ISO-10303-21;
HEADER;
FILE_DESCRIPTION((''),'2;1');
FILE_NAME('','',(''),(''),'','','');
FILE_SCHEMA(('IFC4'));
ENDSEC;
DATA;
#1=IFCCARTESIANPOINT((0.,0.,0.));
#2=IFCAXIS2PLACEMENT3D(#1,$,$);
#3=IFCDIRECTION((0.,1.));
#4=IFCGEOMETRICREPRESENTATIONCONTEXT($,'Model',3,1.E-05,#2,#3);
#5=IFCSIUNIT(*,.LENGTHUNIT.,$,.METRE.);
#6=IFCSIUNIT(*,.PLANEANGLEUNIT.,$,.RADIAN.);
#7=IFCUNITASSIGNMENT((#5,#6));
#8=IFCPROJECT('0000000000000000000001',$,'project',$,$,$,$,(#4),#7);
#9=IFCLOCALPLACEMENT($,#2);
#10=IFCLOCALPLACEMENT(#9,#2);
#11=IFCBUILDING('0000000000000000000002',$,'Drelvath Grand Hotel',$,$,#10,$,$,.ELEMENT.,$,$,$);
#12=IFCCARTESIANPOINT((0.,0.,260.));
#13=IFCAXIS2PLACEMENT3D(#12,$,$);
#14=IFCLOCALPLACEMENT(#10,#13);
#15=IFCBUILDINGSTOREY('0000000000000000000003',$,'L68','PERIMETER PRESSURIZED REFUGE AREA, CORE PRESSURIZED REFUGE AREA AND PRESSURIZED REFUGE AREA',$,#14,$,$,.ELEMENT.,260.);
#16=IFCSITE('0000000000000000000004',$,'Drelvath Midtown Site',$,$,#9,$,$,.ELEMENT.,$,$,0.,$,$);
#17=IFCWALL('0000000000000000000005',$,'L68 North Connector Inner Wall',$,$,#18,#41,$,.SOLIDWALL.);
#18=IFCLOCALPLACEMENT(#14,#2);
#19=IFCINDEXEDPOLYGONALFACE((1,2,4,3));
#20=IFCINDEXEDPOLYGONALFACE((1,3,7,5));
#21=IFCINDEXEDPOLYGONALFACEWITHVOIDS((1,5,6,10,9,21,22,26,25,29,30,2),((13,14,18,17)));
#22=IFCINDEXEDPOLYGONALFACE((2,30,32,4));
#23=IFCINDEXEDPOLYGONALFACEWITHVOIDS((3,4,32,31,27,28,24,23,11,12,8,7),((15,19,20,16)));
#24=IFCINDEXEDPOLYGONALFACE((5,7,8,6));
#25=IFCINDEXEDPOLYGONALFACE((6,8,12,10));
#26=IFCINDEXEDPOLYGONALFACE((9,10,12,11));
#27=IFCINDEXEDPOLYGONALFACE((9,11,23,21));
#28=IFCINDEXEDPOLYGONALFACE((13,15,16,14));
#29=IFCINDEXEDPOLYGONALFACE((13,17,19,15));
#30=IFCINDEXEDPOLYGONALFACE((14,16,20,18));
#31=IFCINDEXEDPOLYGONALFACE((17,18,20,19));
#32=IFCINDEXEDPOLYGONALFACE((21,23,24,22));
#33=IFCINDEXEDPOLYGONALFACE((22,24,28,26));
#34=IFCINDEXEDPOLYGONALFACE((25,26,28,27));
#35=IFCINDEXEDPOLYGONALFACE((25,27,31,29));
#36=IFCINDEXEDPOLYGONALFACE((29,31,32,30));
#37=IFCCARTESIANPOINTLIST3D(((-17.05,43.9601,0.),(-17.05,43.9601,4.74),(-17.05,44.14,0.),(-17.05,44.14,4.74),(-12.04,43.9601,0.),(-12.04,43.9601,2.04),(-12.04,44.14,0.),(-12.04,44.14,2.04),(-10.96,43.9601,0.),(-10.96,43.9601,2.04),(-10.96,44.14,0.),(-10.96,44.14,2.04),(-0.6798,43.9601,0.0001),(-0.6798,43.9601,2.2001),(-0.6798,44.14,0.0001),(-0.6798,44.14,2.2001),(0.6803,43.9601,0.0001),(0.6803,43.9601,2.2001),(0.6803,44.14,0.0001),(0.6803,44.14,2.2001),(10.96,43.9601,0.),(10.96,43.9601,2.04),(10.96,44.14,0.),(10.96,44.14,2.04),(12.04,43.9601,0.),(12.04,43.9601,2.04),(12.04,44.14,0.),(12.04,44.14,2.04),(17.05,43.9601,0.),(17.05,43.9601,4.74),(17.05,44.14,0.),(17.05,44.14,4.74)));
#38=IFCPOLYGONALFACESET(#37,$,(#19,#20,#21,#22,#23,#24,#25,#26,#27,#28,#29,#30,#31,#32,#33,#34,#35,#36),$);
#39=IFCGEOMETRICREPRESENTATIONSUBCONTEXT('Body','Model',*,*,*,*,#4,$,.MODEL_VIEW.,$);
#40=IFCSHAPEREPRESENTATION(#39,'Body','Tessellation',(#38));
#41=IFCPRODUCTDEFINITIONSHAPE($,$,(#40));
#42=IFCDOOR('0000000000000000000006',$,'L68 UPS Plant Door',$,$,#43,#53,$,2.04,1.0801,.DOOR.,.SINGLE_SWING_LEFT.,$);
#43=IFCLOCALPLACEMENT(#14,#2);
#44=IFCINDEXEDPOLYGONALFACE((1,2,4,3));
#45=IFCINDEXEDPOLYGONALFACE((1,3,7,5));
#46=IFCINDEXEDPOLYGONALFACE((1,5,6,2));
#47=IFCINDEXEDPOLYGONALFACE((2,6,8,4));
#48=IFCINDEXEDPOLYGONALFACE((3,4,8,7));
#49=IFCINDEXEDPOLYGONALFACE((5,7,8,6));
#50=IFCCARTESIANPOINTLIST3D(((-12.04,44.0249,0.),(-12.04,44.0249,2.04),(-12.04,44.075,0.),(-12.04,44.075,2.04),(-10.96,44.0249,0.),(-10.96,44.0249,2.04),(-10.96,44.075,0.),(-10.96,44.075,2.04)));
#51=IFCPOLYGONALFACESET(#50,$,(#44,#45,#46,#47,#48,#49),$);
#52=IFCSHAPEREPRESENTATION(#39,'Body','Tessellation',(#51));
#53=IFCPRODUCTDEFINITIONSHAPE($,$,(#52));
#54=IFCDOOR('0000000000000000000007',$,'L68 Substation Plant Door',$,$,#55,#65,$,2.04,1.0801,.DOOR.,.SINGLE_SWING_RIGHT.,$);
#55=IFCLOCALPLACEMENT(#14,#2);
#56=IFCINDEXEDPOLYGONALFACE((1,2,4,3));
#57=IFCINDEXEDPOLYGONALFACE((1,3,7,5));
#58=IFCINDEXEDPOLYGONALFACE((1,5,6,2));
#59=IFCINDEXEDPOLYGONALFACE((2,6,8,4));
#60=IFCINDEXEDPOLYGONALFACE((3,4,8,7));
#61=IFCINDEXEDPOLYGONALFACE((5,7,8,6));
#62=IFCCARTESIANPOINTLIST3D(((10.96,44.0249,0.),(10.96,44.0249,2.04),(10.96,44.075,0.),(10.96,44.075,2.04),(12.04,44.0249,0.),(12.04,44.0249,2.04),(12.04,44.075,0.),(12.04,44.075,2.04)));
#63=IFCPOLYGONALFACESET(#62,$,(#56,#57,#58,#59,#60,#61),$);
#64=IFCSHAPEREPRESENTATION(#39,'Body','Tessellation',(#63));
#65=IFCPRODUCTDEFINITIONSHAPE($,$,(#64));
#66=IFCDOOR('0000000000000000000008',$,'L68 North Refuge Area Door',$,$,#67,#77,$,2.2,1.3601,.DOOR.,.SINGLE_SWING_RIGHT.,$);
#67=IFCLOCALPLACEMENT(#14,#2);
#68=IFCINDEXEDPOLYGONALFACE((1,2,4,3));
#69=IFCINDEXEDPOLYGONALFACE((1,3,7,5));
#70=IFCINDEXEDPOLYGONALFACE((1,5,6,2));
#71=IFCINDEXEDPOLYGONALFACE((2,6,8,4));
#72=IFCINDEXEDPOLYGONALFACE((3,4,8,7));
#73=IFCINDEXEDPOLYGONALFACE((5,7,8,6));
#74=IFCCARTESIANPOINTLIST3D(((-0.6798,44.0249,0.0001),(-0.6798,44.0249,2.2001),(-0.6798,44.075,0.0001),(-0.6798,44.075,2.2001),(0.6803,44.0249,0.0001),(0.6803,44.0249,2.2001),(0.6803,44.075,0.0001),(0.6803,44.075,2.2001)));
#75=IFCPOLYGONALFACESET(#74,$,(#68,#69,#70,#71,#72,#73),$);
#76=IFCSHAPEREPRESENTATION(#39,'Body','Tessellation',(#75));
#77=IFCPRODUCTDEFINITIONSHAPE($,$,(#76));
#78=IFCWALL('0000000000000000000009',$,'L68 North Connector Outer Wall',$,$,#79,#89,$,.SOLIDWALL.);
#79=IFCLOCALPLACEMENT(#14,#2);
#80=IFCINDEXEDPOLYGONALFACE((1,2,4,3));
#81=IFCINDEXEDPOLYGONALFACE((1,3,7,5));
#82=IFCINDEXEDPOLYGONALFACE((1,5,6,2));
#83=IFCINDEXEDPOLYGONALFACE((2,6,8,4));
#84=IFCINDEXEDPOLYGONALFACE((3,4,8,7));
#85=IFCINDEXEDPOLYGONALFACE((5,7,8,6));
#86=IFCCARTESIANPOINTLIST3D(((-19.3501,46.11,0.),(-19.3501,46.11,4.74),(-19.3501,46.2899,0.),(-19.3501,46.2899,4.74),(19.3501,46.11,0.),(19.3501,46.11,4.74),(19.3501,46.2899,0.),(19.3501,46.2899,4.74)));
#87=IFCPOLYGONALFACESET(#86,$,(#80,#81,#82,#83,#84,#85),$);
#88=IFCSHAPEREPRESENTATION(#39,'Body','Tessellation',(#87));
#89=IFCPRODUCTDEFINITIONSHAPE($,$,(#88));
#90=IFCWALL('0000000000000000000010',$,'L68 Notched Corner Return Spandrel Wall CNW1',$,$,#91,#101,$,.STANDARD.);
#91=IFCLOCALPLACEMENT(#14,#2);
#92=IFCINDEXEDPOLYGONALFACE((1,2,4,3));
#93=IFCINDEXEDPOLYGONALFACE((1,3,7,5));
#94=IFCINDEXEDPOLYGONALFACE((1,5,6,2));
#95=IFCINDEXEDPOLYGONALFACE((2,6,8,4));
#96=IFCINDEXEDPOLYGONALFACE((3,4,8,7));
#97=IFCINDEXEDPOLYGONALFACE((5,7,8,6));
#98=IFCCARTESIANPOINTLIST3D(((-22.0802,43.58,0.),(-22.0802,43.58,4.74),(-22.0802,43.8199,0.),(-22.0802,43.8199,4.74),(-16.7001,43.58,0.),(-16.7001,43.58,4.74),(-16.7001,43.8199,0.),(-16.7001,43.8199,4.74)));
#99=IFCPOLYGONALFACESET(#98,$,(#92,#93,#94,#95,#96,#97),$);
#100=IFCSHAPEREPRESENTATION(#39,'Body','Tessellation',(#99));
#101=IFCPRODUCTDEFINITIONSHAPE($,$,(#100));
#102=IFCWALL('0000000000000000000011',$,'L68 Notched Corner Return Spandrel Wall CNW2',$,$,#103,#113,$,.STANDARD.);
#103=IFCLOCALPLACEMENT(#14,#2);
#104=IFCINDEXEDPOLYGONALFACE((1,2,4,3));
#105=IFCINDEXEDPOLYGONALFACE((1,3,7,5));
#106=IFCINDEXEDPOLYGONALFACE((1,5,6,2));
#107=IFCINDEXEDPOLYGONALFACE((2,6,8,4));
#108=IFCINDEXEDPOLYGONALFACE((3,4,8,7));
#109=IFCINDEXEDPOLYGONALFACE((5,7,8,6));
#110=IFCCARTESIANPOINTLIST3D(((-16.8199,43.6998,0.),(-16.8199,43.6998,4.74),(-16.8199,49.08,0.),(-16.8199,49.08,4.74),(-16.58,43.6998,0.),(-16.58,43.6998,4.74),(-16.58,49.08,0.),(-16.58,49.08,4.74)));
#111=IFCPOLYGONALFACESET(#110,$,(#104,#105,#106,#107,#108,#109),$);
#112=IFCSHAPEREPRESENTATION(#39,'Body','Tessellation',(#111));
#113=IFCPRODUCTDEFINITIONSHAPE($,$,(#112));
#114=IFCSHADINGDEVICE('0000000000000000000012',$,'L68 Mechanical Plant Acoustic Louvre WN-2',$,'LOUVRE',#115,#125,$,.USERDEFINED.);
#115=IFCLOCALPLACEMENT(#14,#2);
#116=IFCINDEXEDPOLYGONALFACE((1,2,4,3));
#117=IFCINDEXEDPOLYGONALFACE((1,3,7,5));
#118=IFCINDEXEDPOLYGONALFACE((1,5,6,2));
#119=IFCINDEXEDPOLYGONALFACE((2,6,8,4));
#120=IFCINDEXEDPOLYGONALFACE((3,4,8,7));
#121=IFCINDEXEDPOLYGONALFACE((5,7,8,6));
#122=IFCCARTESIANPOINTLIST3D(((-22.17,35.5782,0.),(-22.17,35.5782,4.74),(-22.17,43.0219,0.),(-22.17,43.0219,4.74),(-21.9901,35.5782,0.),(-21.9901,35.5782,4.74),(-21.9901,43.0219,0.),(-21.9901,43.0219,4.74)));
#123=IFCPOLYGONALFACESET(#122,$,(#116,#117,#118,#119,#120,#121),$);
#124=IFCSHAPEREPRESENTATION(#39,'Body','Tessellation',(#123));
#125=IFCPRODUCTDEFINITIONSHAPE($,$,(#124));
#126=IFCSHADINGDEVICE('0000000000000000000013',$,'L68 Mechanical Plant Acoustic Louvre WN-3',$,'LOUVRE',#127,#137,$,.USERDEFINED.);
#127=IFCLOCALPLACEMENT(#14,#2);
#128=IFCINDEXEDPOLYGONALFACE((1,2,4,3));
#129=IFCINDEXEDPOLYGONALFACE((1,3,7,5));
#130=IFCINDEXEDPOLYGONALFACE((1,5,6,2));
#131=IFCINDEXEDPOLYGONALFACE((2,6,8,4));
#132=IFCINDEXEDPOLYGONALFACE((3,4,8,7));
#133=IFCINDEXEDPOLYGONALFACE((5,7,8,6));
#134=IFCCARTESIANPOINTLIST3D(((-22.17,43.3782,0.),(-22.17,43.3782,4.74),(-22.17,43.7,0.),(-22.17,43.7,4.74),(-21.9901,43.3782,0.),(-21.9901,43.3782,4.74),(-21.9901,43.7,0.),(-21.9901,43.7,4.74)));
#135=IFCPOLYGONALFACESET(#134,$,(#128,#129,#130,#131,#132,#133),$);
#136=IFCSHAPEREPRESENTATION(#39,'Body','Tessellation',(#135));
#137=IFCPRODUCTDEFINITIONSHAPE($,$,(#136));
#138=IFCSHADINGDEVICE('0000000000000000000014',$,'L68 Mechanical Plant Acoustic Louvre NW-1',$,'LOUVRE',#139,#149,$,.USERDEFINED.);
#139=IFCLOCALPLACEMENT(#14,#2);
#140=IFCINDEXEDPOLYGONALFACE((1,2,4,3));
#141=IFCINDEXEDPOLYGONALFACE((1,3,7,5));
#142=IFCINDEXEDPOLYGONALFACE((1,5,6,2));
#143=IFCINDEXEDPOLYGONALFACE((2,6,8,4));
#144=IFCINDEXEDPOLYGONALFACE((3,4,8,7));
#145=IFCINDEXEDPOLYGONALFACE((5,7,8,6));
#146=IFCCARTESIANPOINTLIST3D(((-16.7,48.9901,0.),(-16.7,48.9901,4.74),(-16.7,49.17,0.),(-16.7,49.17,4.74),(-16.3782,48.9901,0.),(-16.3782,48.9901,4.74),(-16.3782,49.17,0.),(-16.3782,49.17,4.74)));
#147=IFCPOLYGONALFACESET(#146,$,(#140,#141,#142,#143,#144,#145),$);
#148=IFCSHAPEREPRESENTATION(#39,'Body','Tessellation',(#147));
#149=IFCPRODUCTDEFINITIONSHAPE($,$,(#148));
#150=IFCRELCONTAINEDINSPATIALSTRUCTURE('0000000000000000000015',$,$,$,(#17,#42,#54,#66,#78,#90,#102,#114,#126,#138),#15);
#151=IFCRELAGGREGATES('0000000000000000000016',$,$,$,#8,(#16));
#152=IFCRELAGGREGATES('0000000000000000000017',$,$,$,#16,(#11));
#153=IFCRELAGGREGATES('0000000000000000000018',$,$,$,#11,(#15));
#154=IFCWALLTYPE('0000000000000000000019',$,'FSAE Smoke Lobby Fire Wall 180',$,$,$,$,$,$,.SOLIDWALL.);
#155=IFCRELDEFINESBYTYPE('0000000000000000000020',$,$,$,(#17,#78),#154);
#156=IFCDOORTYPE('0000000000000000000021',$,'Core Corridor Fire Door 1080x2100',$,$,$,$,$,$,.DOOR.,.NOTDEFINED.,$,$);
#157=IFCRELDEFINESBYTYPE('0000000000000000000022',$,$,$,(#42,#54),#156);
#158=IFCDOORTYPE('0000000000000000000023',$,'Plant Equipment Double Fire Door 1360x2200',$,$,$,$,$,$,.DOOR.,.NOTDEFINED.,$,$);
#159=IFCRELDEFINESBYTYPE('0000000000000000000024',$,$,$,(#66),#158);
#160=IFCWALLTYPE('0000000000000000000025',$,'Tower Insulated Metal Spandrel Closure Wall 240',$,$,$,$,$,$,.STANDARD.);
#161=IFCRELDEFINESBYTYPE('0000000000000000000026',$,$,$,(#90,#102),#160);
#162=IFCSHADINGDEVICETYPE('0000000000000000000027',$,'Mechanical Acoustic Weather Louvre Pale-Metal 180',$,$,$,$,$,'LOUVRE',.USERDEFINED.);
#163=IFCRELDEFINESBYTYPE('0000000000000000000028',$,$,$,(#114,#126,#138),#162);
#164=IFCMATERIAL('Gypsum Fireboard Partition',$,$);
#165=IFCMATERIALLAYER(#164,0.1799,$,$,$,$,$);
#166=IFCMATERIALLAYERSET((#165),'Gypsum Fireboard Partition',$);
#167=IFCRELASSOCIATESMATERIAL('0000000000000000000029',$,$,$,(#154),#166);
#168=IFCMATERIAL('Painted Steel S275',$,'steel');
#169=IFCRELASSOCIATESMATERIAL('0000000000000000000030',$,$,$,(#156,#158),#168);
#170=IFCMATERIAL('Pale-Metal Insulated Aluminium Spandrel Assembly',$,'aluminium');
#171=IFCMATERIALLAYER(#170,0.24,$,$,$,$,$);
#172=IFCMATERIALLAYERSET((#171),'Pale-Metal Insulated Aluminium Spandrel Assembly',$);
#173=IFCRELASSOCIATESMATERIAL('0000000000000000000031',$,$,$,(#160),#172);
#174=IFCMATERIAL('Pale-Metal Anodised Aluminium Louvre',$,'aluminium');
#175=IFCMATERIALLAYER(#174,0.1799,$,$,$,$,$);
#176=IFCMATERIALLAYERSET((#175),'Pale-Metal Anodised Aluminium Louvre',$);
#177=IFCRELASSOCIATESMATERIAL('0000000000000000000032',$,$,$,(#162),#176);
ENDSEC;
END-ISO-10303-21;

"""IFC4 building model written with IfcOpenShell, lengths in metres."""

from ifc_helpers import new_model, si_unit, direction, frame, frame_2d, origin, origin_2d, place, context, subcontext, project, spatial, rectangle, extrude, material, layer, layer_set, type_object, element, fill, save


model = new_model("IFC4")

# Units and contexts
model_context = context("Model", 3, precision=1e-05, world=origin(), true_north=direction((0.0, 1.0)))
body_context = subcontext(model_context, "Body", "Model", "MODEL_VIEW")
ifc_project = project(units=[si_unit("LENGTHUNIT", "METRE"), si_unit("PLANEANGLEUNIT", "RADIAN")], contexts=[model_context])

# Site, building, storey
site_placement = place(None, origin())
site = spatial("IfcSite", under=ifc_project, at=site_placement, Name="Drelvath Midtown Site", CompositionType="ELEMENT", RefElevation=0.0)
building_placement = place(site_placement, origin())
building = spatial("IfcBuilding", under=site, at=building_placement, Name="Drelvath Grand Hotel", CompositionType="ELEMENT")
storey_placement = place(building_placement, frame((0.0, 0.0, 260.0)))
storey = spatial("IfcBuildingStorey", under=building, at=storey_placement, Name="L68", Description="PERIMETER PRESSURIZED REFUGE AREA, CORE PRESSURIZED REFUGE AREA AND PRESSURIZED REFUGE AREA", CompositionType="ELEMENT", Elevation=260.0)

# Shared definitions
ifc_material_1 = material(Name="Gypsum Fireboard Partition")

# Wall, openings, doors
ifc_layer_1 = layer(ifc_material_1, 0.1799)
ifc_layer_set_1 = layer_set([ifc_layer_1], Name="Gypsum Fireboard Partition")
wall_type_1 = type_object("IfcWallType", Name="FSAE Smoke Lobby Fire Wall 180", PredefinedType="SOLIDWALL", material=ifc_layer_set_1)
wall_1_placement = place(storey_placement, frame((-17.05, 44.05, 0.0), z_axis=(0.0, 0.0, 1.0), x_axis=(1.0, 0.0, 0.0)))
wall_1 = element("IfcWall", 1, at=wall_1_placement, inside=storey, type_object=wall_type_1, Name="L68 North Connector Inner Wall", PredefinedType="SOLIDWALL", context=body_context, shape_type="SweptSolid", body=[
    extrude(rectangle(XDim=34.1001, YDim=0.1799, at=frame_2d((17.05, 0.0))), origin(), (0.0, 0.0, 1.0), 4.74),
])
opening_1_placement = place(wall_1_placement, frame((16.3701, 0.0, 0.0)))
opening_1 = element("IfcOpeningElement", 2, at=opening_1_placement, cuts=wall_1, PredefinedType="OPENING", context=body_context, shape_type="SweptSolid", body=[
    extrude(rectangle(XDim=1.3601, YDim=2.2, at=frame_2d((0.6802, 1.1001))), frame((0.0, 0.0999, 0.0), z_axis=(0.0, -1.0, 0.0), x_axis=(1.0, 0.0, 0.0)), (0.0, 0.0, 1.0), 0.2),
])
opening_2_placement = place(wall_1_placement, frame((5.01, 0.0, 0.0)))
opening_2 = element("IfcOpeningElement", 3, at=opening_2_placement, cuts=wall_1, PredefinedType="OPENING", context=body_context, shape_type="SweptSolid", body=[
    extrude(rectangle(XDim=1.0801, YDim=2.04, at=frame_2d((0.54, 1.02))), frame((0.0, 0.0999, 0.0), z_axis=(0.0, -1.0, 0.0), x_axis=(1.0, 0.0, 0.0)), (0.0, 0.0, 1.0), 0.2),
])
opening_3_placement = place(wall_1_placement, frame((28.01, 0.0, 0.0)))
opening_3 = element("IfcOpeningElement", 4, at=opening_3_placement, cuts=wall_1, PredefinedType="OPENING", context=body_context, shape_type="SweptSolid", body=[
    extrude(rectangle(XDim=1.0801, YDim=2.04, at=frame_2d((0.54, 1.02))), frame((0.0, 0.0999, 0.0), z_axis=(0.0, -1.0, 0.0), x_axis=(1.0, 0.0, 0.0)), (0.0, 0.0, 1.0), 0.2),
])
ifc_material_2 = material(Name="Painted Steel S275", Category="steel")
door_type_1 = type_object("IfcDoorType", Name="Core Corridor Fire Door 1080x2100", OperationType="NOTDEFINED", PredefinedType="DOOR", material=ifc_material_2)
door_1_placement = place(opening_2_placement, origin())
door_1 = element("IfcDoor", 5, at=door_1_placement, inside=storey, type_object=door_type_1, Name="L68 UPS Plant Door", OperationType="SINGLE_SWING_LEFT", OverallHeight=2.04, OverallWidth=1.0801, PredefinedType="DOOR", context=body_context, shape_type="SweptSolid", body=[
    extrude(rectangle(XDim=1.0801, YDim=2.04, at=frame_2d((0.54, 1.02))), frame((0.0, 0.0249, 0.0), z_axis=(0.0, -1.0, 0.0), x_axis=(1.0, 0.0, 0.0)), (0.0, 0.0, 1.0), 0.05),
])
fill(opening_2, door_1)
door_2_placement = place(opening_3_placement, origin())
door_2 = element("IfcDoor", 6, at=door_2_placement, inside=storey, type_object=door_type_1, Name="L68 Substation Plant Door", OperationType="SINGLE_SWING_RIGHT", OverallHeight=2.04, OverallWidth=1.0801, PredefinedType="DOOR", context=body_context, shape_type="SweptSolid", body=[
    extrude(rectangle(XDim=1.0801, YDim=2.04, at=frame_2d((0.54, 1.02))), frame((0.0, 0.0249, 0.0), z_axis=(0.0, -1.0, 0.0), x_axis=(1.0, 0.0, 0.0)), (0.0, 0.0, 1.0), 0.05),
])
fill(opening_3, door_2)
door_type_2 = type_object("IfcDoorType", Name="Plant Equipment Double Fire Door 1360x2200", OperationType="NOTDEFINED", PredefinedType="DOOR", material=ifc_material_2)
door_3_placement = place(opening_1_placement, origin())
door_3 = element("IfcDoor", 7, at=door_3_placement, inside=storey, type_object=door_type_2, Name="L68 North Refuge Area Door", OperationType="SINGLE_SWING_RIGHT", OverallHeight=2.2, OverallWidth=1.3601, PredefinedType="DOOR", context=body_context, shape_type="SweptSolid", body=[
    extrude(rectangle(XDim=1.3601, YDim=2.2, at=frame_2d((0.6802, 1.1001))), frame((0.0, 0.0249, 0.0), z_axis=(0.0, -1.0, 0.0), x_axis=(1.0, 0.0, 0.0)), (0.0, 0.0, 1.0), 0.05),
])
fill(opening_1, door_3)

# Walls
wall_2_placement = place(storey_placement, frame((-19.3501, 46.2, 0.0), z_axis=(0.0, 0.0, 1.0), x_axis=(1.0, 0.0, 0.0)))
element("IfcWall", 8, at=wall_2_placement, inside=storey, type_object=wall_type_1, Name="L68 North Connector Outer Wall", PredefinedType="SOLIDWALL", context=body_context, shape_type="SweptSolid", body=[
    extrude(rectangle(XDim=38.7002, YDim=0.1799, at=frame_2d((19.3501, 0.0))), origin(), (0.0, 0.0, 1.0), 4.74),
])
ifc_material_3 = material(Name="Pale-Metal Insulated Aluminium Spandrel Assembly", Category="aluminium")
ifc_layer_2 = layer(ifc_material_3, 0.24)
ifc_layer_set_2 = layer_set([ifc_layer_2], Name="Pale-Metal Insulated Aluminium Spandrel Assembly")
wall_type_2 = type_object("IfcWallType", Name="Tower Insulated Metal Spandrel Closure Wall 240", PredefinedType="STANDARD", material=ifc_layer_set_2)
for number, where, z_axis, x_axis, name in (
    (9, (-22.0801, 43.7, 0.0), (0.0, 0.0, 1.0), (1.0, 0.0, 0.0), "L68 Notched Corner Return Spandrel Wall CNW1"),
    (10, (-16.7, 43.7, 0.0), (0.0, 0.0, 1.0), (0.0, 1.0, 0.0), "L68 Notched Corner Return Spandrel Wall CNW2"),
):
    element("IfcWall", number, at=place(storey_placement, frame(where, z_axis=z_axis, x_axis=x_axis)), inside=storey, type_object=wall_type_2, Name=name, PredefinedType="STANDARD", context=body_context, shape_type="SweptSolid", body=[
        extrude(rectangle(XDim=5.3801, YDim=0.24, at=frame_2d((2.6899, 0.0))), origin(), (0.0, 0.0, 1.0), 4.74),
    ])

# Shading devices
ifc_material_4 = material(Name="Pale-Metal Anodised Aluminium Louvre", Category="aluminium")
ifc_layer_3 = layer(ifc_material_4, 0.1799)
ifc_layer_set_3 = layer_set([ifc_layer_3], Name="Pale-Metal Anodised Aluminium Louvre")
shading_device_type = type_object("IfcShadingDeviceType", Name="Mechanical Acoustic Weather Louvre Pale-Metal 180", ElementType="LOUVRE", PredefinedType="USERDEFINED", material=ifc_layer_set_3)
shading_device_placement = place(storey_placement, frame((-22.0801, 39.3, 0.0), z_axis=(0.0, 0.0, 1.0), x_axis=(0.0, 1.0, 0.0)))
element("IfcShadingDevice", 11, at=shading_device_placement, inside=storey, type_object=shading_device_type, Name="L68 Mechanical Plant Acoustic Louvre WN-2", ObjectType="LOUVRE", PredefinedType="USERDEFINED", context=body_context, shape_type="SweptSolid", body=[
    extrude(rectangle(XDim=7.4436, YDim=0.1799, at=origin_2d()), origin(), (0.0, 0.0, 1.0), 4.74),
])
for number, where, z_axis, x_axis, name in (
    (12, (-22.0801, 43.5391, 0.0), (0.0, 0.0, 1.0), (0.0, 1.0, 0.0), "L68 Mechanical Plant Acoustic Louvre WN-3"),
    (13, (-16.5391, 49.0801, 0.0), (0.0, 0.0, 1.0), (1.0, 0.0, 0.0), "L68 Mechanical Plant Acoustic Louvre NW-1"),
):
    element("IfcShadingDevice", number, at=place(storey_placement, frame(where, z_axis=z_axis, x_axis=x_axis)), inside=storey, type_object=shading_device_type, Name=name, ObjectType="LOUVRE", PredefinedType="USERDEFINED", context=body_context, shape_type="SweptSolid", body=[
        extrude(rectangle(XDim=0.3218, YDim=0.1799, at=origin_2d()), origin(), (0.0, 0.0, 1.0), 4.74),
    ])

save(model, "model.ifc")
